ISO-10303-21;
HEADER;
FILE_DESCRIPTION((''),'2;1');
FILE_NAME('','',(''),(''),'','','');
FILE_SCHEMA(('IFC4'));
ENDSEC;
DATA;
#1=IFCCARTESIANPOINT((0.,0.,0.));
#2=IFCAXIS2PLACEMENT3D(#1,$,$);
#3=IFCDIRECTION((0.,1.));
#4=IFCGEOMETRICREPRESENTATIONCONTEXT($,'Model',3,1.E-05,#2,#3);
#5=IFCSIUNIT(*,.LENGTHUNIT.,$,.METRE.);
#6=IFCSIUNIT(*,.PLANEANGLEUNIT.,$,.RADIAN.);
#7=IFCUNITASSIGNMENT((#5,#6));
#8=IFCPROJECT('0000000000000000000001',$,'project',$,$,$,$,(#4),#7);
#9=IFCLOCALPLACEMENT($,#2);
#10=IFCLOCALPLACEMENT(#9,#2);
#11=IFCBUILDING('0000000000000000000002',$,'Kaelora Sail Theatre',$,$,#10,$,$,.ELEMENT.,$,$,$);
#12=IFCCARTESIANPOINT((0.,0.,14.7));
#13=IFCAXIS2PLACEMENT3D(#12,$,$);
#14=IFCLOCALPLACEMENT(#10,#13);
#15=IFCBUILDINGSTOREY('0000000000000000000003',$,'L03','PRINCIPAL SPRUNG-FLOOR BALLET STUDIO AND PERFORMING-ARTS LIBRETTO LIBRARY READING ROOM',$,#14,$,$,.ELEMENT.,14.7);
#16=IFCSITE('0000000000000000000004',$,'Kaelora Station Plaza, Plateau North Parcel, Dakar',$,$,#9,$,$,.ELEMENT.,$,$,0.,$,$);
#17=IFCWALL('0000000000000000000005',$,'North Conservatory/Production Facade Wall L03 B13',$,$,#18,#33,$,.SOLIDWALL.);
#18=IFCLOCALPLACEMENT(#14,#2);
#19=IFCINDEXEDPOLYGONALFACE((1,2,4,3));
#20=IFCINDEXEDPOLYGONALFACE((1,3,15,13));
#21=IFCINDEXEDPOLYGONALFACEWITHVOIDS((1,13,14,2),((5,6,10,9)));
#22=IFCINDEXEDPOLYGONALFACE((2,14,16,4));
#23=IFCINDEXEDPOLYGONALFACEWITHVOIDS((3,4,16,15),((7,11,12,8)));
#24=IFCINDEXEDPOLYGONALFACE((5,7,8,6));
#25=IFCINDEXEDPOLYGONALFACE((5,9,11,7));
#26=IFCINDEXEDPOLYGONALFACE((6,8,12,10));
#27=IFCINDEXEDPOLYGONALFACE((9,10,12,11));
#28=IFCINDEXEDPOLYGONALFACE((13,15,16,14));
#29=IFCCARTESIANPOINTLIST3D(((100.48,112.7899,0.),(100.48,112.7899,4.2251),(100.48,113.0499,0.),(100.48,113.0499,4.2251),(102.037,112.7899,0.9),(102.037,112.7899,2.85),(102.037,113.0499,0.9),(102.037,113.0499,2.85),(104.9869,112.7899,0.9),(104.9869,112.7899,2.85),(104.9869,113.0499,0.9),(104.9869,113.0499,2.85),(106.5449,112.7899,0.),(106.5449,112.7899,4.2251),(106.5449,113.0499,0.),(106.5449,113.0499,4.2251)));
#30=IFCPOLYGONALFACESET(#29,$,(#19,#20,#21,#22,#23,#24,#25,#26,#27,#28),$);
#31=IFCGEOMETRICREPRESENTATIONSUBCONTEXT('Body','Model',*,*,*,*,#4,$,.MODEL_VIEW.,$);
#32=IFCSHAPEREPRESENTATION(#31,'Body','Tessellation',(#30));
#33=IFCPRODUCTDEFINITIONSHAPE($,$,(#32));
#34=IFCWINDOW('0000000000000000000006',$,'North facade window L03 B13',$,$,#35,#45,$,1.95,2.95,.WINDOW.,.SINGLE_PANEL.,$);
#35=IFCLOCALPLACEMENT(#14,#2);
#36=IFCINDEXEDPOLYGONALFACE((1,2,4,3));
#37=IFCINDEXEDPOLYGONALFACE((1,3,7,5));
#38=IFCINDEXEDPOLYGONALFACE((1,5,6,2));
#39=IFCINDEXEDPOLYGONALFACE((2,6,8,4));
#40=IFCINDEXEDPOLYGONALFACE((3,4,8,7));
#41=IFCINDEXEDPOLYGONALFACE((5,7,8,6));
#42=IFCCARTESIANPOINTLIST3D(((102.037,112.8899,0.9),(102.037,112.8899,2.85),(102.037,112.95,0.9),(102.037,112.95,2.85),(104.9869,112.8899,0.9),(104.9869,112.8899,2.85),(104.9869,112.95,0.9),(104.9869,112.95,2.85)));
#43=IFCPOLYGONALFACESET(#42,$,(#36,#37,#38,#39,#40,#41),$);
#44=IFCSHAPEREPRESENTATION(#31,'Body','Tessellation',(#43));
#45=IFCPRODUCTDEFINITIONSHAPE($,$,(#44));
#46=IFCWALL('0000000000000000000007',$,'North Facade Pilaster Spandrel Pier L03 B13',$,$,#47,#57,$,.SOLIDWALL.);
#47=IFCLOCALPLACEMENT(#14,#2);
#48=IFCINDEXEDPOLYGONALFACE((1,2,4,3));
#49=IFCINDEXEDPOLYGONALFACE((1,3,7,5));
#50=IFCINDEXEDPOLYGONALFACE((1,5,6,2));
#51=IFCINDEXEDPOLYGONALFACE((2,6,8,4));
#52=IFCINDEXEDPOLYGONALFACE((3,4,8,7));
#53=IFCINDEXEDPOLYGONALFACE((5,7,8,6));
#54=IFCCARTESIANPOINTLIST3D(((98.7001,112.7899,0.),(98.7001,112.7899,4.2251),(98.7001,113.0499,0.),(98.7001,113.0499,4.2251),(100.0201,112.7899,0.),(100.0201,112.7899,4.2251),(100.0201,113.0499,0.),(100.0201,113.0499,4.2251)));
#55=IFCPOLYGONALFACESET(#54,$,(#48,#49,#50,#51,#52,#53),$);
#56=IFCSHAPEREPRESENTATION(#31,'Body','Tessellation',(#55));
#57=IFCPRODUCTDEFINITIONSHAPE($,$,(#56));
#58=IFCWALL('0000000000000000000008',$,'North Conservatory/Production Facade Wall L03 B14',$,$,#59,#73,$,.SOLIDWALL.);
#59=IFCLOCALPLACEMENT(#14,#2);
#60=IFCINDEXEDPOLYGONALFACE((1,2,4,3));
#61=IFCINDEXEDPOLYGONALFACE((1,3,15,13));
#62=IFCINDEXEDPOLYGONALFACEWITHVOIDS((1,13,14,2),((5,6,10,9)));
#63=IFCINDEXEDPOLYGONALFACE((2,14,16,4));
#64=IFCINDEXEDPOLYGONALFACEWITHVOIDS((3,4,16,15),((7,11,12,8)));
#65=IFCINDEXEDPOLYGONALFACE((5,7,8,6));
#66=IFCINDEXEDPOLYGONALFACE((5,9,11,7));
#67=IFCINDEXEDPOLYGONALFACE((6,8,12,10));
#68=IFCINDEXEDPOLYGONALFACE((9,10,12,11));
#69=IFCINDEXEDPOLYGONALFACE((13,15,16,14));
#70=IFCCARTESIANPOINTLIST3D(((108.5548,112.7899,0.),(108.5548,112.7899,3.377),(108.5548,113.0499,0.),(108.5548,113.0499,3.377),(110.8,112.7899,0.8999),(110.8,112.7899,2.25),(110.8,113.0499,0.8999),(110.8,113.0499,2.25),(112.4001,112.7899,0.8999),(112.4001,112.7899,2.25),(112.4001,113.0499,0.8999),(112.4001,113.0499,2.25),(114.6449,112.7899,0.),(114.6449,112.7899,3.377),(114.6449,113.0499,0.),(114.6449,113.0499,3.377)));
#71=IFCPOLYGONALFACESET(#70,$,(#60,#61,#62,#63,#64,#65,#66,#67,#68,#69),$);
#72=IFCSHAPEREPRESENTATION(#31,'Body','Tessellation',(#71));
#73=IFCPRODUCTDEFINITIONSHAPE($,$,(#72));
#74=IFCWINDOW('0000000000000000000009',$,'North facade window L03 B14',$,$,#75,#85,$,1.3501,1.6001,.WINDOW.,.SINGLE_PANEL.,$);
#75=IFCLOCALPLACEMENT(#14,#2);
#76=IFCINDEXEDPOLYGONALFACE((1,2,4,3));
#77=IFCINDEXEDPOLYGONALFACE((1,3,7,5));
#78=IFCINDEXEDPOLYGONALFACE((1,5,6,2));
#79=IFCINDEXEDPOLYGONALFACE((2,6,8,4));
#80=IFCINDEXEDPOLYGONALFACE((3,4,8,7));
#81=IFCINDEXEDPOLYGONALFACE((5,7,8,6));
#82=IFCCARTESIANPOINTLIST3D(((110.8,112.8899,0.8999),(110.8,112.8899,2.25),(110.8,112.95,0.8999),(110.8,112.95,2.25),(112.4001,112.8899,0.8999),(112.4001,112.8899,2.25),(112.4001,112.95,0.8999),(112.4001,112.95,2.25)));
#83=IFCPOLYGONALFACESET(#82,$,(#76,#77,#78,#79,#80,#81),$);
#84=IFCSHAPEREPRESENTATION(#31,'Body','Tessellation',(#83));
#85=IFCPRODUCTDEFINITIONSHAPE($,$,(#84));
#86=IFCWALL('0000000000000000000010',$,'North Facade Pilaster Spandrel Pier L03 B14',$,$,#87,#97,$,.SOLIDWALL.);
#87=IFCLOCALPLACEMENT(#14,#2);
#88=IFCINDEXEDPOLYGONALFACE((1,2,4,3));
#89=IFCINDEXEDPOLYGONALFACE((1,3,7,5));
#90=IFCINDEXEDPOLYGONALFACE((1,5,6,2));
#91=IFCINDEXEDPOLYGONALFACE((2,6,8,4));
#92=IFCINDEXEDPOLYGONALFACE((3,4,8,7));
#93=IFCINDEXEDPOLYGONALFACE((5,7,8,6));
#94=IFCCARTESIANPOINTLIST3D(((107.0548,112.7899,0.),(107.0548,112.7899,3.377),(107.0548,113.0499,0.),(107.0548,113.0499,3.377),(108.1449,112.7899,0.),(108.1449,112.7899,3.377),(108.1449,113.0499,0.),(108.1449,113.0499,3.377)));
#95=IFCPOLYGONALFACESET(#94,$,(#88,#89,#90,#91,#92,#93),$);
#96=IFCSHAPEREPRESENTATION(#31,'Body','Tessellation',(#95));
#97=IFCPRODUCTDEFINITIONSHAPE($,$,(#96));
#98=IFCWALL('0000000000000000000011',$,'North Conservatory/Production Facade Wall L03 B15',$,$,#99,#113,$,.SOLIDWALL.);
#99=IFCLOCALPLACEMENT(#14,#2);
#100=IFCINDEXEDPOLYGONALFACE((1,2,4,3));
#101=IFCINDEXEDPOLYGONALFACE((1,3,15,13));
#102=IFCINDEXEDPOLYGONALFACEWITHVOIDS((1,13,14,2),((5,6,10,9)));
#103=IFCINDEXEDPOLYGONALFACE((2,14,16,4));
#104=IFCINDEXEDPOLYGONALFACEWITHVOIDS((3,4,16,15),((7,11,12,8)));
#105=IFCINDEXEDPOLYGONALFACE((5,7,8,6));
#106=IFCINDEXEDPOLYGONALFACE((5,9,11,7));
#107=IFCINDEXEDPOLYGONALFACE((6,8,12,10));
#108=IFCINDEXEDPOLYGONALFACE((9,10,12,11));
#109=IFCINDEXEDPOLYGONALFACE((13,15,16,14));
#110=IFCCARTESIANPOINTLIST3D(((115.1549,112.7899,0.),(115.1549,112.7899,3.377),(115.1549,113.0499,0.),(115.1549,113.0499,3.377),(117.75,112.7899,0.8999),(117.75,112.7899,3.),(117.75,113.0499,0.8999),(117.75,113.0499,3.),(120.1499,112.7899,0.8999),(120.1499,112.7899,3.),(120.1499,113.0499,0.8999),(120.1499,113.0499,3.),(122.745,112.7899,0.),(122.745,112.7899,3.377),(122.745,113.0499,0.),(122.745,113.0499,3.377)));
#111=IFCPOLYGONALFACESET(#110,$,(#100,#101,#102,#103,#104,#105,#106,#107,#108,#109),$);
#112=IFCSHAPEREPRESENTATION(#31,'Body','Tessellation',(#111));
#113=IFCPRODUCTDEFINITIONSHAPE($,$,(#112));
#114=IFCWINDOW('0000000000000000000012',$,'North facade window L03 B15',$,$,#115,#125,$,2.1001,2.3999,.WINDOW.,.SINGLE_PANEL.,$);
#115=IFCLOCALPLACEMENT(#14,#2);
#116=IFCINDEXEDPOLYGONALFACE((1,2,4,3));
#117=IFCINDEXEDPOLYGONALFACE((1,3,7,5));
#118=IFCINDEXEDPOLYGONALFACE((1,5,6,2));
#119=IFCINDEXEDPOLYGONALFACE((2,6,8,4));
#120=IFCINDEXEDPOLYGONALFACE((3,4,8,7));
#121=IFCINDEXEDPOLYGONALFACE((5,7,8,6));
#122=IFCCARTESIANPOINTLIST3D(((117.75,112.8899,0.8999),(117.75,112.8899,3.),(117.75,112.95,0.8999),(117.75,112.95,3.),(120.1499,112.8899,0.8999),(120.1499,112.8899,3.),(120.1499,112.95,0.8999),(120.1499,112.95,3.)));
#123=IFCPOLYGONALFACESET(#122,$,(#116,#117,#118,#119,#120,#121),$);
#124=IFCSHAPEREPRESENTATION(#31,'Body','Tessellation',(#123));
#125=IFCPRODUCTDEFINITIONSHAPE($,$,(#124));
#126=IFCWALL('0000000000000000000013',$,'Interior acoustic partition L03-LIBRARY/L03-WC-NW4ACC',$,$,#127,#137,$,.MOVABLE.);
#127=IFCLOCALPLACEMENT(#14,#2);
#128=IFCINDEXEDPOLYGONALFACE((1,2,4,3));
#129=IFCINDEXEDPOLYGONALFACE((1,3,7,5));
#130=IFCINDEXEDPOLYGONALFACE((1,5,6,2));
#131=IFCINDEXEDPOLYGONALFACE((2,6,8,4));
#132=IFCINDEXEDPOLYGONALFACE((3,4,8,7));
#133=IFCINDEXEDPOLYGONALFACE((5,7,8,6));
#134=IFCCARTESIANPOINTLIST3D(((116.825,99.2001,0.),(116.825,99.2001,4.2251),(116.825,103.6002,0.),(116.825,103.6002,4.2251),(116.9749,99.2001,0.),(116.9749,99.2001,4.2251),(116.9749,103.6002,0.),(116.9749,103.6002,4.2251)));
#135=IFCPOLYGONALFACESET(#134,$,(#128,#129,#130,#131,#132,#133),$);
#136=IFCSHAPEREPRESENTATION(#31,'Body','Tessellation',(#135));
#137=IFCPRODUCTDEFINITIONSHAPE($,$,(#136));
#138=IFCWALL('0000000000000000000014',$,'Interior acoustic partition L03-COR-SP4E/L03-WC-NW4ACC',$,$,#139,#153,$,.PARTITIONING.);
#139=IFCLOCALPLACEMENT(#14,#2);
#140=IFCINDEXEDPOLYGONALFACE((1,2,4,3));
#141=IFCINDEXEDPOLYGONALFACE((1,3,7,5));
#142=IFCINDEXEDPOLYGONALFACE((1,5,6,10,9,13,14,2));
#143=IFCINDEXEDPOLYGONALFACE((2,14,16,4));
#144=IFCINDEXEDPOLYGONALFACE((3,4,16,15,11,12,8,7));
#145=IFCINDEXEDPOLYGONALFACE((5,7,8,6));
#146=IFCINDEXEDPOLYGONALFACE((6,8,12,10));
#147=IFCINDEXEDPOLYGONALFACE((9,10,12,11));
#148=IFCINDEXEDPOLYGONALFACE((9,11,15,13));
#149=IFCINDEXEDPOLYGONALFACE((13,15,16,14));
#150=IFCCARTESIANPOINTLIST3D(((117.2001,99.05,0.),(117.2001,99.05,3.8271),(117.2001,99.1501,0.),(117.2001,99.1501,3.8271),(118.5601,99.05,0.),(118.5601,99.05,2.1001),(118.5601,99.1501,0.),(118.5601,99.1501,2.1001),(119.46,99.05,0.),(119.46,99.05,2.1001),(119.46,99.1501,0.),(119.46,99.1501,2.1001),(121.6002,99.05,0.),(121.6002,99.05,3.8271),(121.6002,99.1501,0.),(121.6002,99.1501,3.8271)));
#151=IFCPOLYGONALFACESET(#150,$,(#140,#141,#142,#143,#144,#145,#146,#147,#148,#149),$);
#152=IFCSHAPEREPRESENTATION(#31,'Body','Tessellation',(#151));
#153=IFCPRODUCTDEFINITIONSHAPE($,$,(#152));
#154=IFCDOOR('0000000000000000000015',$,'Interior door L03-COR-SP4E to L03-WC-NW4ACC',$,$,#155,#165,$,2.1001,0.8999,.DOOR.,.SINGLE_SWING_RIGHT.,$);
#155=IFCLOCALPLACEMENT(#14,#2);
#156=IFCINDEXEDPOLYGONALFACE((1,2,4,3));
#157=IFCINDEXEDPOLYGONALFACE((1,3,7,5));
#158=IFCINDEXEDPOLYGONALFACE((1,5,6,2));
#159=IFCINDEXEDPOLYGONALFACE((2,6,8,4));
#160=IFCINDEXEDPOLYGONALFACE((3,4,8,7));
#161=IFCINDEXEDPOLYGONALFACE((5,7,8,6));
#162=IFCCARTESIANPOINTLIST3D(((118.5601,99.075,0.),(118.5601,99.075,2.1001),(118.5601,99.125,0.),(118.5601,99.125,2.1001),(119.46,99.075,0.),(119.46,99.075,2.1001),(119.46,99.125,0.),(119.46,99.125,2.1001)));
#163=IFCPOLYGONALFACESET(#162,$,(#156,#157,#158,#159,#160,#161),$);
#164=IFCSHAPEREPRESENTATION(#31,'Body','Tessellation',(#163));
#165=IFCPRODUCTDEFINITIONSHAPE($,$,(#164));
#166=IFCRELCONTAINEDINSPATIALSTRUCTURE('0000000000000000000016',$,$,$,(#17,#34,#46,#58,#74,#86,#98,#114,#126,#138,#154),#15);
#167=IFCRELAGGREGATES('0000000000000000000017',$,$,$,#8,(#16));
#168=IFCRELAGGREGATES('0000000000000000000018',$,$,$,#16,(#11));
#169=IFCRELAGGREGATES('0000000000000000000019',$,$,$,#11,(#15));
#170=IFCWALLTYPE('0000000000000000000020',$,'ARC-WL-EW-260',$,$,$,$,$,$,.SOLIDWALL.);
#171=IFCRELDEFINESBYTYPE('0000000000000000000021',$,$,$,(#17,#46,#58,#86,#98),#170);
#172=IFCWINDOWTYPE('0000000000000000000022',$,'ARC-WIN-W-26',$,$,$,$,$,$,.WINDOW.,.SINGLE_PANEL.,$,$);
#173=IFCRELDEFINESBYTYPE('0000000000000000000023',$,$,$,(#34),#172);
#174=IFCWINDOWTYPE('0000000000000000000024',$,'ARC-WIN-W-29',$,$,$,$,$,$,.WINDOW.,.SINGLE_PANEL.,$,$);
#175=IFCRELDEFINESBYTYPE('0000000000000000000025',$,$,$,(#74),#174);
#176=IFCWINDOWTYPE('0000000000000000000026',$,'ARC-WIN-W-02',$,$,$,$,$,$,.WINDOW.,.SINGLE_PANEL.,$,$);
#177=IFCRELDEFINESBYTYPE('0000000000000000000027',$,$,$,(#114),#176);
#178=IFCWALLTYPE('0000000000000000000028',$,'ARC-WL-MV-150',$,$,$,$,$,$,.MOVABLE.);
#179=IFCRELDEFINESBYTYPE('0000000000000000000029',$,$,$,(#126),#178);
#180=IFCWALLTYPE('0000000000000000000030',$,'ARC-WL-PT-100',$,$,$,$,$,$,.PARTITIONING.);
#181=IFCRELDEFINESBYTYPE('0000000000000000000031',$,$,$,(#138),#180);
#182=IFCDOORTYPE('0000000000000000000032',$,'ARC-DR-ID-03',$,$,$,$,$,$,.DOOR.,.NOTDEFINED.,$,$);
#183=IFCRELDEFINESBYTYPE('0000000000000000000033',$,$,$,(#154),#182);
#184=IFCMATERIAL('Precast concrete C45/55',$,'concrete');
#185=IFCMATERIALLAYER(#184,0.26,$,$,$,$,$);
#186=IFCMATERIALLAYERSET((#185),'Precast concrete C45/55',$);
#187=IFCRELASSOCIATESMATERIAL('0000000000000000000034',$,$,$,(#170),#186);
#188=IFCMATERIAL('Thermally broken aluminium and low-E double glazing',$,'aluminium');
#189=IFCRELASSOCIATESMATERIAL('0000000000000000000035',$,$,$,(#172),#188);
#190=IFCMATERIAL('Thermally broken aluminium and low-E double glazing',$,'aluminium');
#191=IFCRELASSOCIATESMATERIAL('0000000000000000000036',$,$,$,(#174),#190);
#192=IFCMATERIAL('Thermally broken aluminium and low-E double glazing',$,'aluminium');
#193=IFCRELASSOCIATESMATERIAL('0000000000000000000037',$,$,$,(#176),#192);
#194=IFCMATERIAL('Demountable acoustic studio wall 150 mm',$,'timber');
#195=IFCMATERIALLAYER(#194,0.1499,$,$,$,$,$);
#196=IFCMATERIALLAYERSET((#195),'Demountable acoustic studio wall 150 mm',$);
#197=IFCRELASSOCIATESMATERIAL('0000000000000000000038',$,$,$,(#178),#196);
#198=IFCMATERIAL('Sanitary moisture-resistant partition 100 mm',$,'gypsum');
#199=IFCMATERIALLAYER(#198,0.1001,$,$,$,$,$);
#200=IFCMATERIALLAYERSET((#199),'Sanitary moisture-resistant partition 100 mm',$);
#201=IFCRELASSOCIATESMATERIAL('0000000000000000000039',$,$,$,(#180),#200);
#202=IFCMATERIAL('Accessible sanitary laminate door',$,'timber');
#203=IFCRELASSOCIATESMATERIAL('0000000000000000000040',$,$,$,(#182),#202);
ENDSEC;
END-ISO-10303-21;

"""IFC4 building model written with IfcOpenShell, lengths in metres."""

from ifc_helpers import new_model, si_unit, direction, frame, frame_2d, origin, place, context, subcontext, project, spatial, rectangle, extrude, material, layer, layer_set, type_object, element, fill, save


model = new_model("IFC4")

# Units and contexts
model_context = context("Model", 3, precision=1e-05, world=origin(), true_north=direction((0.0, 1.0)))
body_context = subcontext(model_context, "Body", "Model", "MODEL_VIEW")
ifc_project = project(units=[si_unit("LENGTHUNIT", "METRE"), si_unit("PLANEANGLEUNIT", "RADIAN")], contexts=[model_context])

# Site, building, storey
site_placement = place(None, origin())
site = spatial("IfcSite", under=ifc_project, at=site_placement, Name="Kaelora Station Plaza, Plateau North Parcel, Dakar", CompositionType="ELEMENT", RefElevation=0.0)
building_placement = place(site_placement, origin())
building = spatial("IfcBuilding", under=site, at=building_placement, Name="Kaelora Sail Theatre", CompositionType="ELEMENT")
storey_placement = place(building_placement, frame((0.0, 0.0, 14.7)))
storey = spatial("IfcBuildingStorey", under=building, at=storey_placement, Name="L03", Description="PRINCIPAL SPRUNG-FLOOR BALLET STUDIO AND PERFORMING-ARTS LIBRETTO LIBRARY READING ROOM", CompositionType="ELEMENT", Elevation=14.7)

# Wall, opening, window
ifc_material_1 = material(Name="Precast concrete C45/55", Category="concrete")
ifc_layer_1 = layer(ifc_material_1, 0.26)
ifc_layer_set_1 = layer_set([ifc_layer_1], Name="Precast concrete C45/55")
wall_type_1 = type_object("IfcWallType", Name="ARC-WL-EW-260", PredefinedType="SOLIDWALL", material=ifc_layer_set_1)
wall_1_placement = place(storey_placement, frame((100.48, 112.9199, 0.0), z_axis=(0.0, 0.0, 1.0), x_axis=(1.0, 0.0, 0.0)))
wall_1 = element("IfcWall", 1, at=wall_1_placement, inside=storey, type_object=wall_type_1, Name="North Conservatory/Production Facade Wall L03 B13", PredefinedType="SOLIDWALL", context=body_context, shape_type="SweptSolid", body=[
    extrude(rectangle(XDim=6.0649, YDim=0.26, at=frame_2d((3.0325, 0.0))), origin(), (0.0, 0.0, 1.0), 4.2251),
])
opening_1_placement = place(wall_1_placement, frame((1.5569, 0.0, 0.8999)))
opening_1 = element("IfcOpeningElement", 2, at=opening_1_placement, cuts=wall_1, PredefinedType="OPENING", context=body_context, shape_type="SweptSolid", body=[
    extrude(rectangle(XDim=2.95, YDim=1.95, at=frame_2d((1.4751, 0.9751))), frame((0.0, 0.1399, 0.0), z_axis=(0.0, -1.0, 0.0), x_axis=(1.0, 0.0, 0.0)), (0.0, 0.0, 1.0), 0.28),
])
ifc_material_2 = material(Name="Thermally broken aluminium and low-E double glazing", Category="aluminium")
window_type_1 = type_object("IfcWindowType", Name="ARC-WIN-W-26", PartitioningType="SINGLE_PANEL", PredefinedType="WINDOW", material=ifc_material_2)
window_1_placement = place(opening_1_placement, origin())
window_1 = element("IfcWindow", 3, at=window_1_placement, inside=storey, type_object=window_type_1, Name="North facade window L03 B13", OverallHeight=1.95, OverallWidth=2.95, PartitioningType="SINGLE_PANEL", PredefinedType="WINDOW", context=body_context, shape_type="SweptSolid", body=[
    extrude(rectangle(XDim=2.95, YDim=1.95, at=frame_2d((1.4751, 0.9751))), frame((0.0, 0.03, 0.0), z_axis=(0.0, -1.0, 0.0), x_axis=(1.0, 0.0, 0.0)), (0.0, 0.0, 1.0), 0.0601),
])
fill(opening_1, window_1)

# Wall
wall_2_placement = place(storey_placement, frame((98.7, 112.9199, 0.0), z_axis=(0.0, 0.0, 1.0), x_axis=(1.0, 0.0, 0.0)))
element("IfcWall", 4, at=wall_2_placement, inside=storey, type_object=wall_type_1, Name="North Facade Pilaster Spandrel Pier L03 B13", PredefinedType="SOLIDWALL", context=body_context, shape_type="SweptSolid", body=[
    extrude(rectangle(XDim=1.3201, YDim=0.26, at=frame_2d((0.6602, 0.0))), origin(), (0.0, 0.0, 1.0), 4.2251),
])

# Wall, opening, window
wall_3_placement = place(storey_placement, frame((108.5549, 112.9199, 0.0), z_axis=(0.0, 0.0, 1.0), x_axis=(1.0, 0.0, 0.0)))
wall_3 = element("IfcWall", 5, at=wall_3_placement, inside=storey, type_object=wall_type_1, Name="North Conservatory/Production Facade Wall L03 B14", PredefinedType="SOLIDWALL", context=body_context, shape_type="SweptSolid", body=[
    extrude(rectangle(XDim=6.0901, YDim=0.26, at=frame_2d((3.0449, 0.0))), origin(), (0.0, 0.0, 1.0), 3.377),
])
opening_2_placement = place(wall_3_placement, frame((2.2451, 0.0, 0.8999)))
opening_2 = element("IfcOpeningElement", 6, at=opening_2_placement, cuts=wall_3, PredefinedType="OPENING", context=body_context, shape_type="SweptSolid", body=[
    extrude(rectangle(XDim=1.6001, YDim=1.3501, at=frame_2d((0.8, 0.675))), frame((0.0, 0.1399, 0.0), z_axis=(0.0, -1.0, 0.0), x_axis=(1.0, 0.0, 0.0)), (0.0, 0.0, 1.0), 0.28),
])
ifc_material_3 = material(Name="Thermally broken aluminium and low-E double glazing", Category="aluminium")
window_type_2 = type_object("IfcWindowType", Name="ARC-WIN-W-29", PartitioningType="SINGLE_PANEL", PredefinedType="WINDOW", material=ifc_material_3)
window_2_placement = place(opening_2_placement, origin())
window_2 = element("IfcWindow", 7, at=window_2_placement, inside=storey, type_object=window_type_2, Name="North facade window L03 B14", OverallHeight=1.3501, OverallWidth=1.6001, PartitioningType="SINGLE_PANEL", PredefinedType="WINDOW", context=body_context, shape_type="SweptSolid", body=[
    extrude(rectangle(XDim=1.6001, YDim=1.3501, at=frame_2d((0.8, 0.675))), frame((0.0, 0.03, 0.0), z_axis=(0.0, -1.0, 0.0), x_axis=(1.0, 0.0, 0.0)), (0.0, 0.0, 1.0), 0.0601),
])
fill(opening_2, window_2)

# Wall
wall_4_placement = place(storey_placement, frame((107.0549, 112.9199, 0.0), z_axis=(0.0, 0.0, 1.0), x_axis=(1.0, 0.0, 0.0)))
element("IfcWall", 8, at=wall_4_placement, inside=storey, type_object=wall_type_1, Name="North Facade Pilaster Spandrel Pier L03 B14", PredefinedType="SOLIDWALL", context=body_context, shape_type="SweptSolid", body=[
    extrude(rectangle(XDim=1.0901, YDim=0.26, at=frame_2d((0.5449, 0.0))), origin(), (0.0, 0.0, 1.0), 3.377),
])

# Wall, opening, window
wall_5_placement = place(storey_placement, frame((115.155, 112.9199, 0.0), z_axis=(0.0, 0.0, 1.0), x_axis=(1.0, 0.0, 0.0)))
wall_5 = element("IfcWall", 9, at=wall_5_placement, inside=storey, type_object=wall_type_1, Name="North Conservatory/Production Facade Wall L03 B15", PredefinedType="SOLIDWALL", context=body_context, shape_type="SweptSolid", body=[
    extrude(rectangle(XDim=7.5901, YDim=0.26, at=frame_2d((3.7949, 0.0))), origin(), (0.0, 0.0, 1.0), 3.377),
])
opening_3_placement = place(wall_5_placement, frame((2.595, 0.0, 0.8999)))
opening_3 = element("IfcOpeningElement", 10, at=opening_3_placement, cuts=wall_5, PredefinedType="OPENING", context=body_context, shape_type="SweptSolid", body=[
    extrude(rectangle(XDim=2.3999, YDim=2.1001, at=frame_2d((1.2, 1.05))), frame((0.0, 0.1399, 0.0), z_axis=(0.0, -1.0, 0.0), x_axis=(1.0, 0.0, 0.0)), (0.0, 0.0, 1.0), 0.28),
])
ifc_material_4 = material(Name="Thermally broken aluminium and low-E double glazing", Category="aluminium")
window_type_3 = type_object("IfcWindowType", Name="ARC-WIN-W-02", PartitioningType="SINGLE_PANEL", PredefinedType="WINDOW", material=ifc_material_4)
window_3_placement = place(opening_3_placement, origin())
window_3 = element("IfcWindow", 11, at=window_3_placement, inside=storey, type_object=window_type_3, Name="North facade window L03 B15", OverallHeight=2.1001, OverallWidth=2.3999, PartitioningType="SINGLE_PANEL", PredefinedType="WINDOW", context=body_context, shape_type="SweptSolid", body=[
    extrude(rectangle(XDim=2.3999, YDim=2.1001, at=frame_2d((1.2, 1.05))), frame((0.0, 0.03, 0.0), z_axis=(0.0, -1.0, 0.0), x_axis=(1.0, 0.0, 0.0)), (0.0, 0.0, 1.0), 0.0601),
])
fill(opening_3, window_3)

# Wall
ifc_material_5 = material(Name="Demountable acoustic studio wall 150 mm", Category="timber")
ifc_layer_2 = layer(ifc_material_5, 0.1499)
ifc_layer_set_2 = layer_set([ifc_layer_2], Name="Demountable acoustic studio wall 150 mm")
wall_type_2 = type_object("IfcWallType", Name="ARC-WL-MV-150", PredefinedType="MOVABLE", material=ifc_layer_set_2)
wall_6_placement = place(storey_placement, frame((116.8999, 99.2, 0.0), z_axis=(0.0, 0.0, 1.0), x_axis=(0.0, 1.0, 0.0)))
element("IfcWall", 12, at=wall_6_placement, inside=storey, type_object=wall_type_2, Name="Interior acoustic partition L03-LIBRARY/L03-WC-NW4ACC", PredefinedType="MOVABLE", context=body_context, shape_type="SweptSolid", body=[
    extrude(rectangle(XDim=4.4001, YDim=0.1499, at=frame_2d((2.2002, 0.0))), origin(), (0.0, 0.0, 1.0), 4.2251),
])

# Wall, opening, door
ifc_material_6 = material(Name="Sanitary moisture-resistant partition 100 mm", Category="gypsum")
ifc_layer_3 = layer(ifc_material_6, 0.1001)
ifc_layer_set_3 = layer_set([ifc_layer_3], Name="Sanitary moisture-resistant partition 100 mm")
wall_type_3 = type_object("IfcWallType", Name="ARC-WL-PT-100", PredefinedType="PARTITIONING", material=ifc_layer_set_3)
wall_7_placement = place(storey_placement, frame((117.2, 99.1001, 0.0), z_axis=(0.0, 0.0, 1.0), x_axis=(1.0, 0.0, 0.0)))
wall_7 = element("IfcWall", 13, at=wall_7_placement, inside=storey, type_object=wall_type_3, Name="Interior acoustic partition L03-COR-SP4E/L03-WC-NW4ACC", PredefinedType="PARTITIONING", context=body_context, shape_type="SweptSolid", body=[
    extrude(rectangle(XDim=4.4001, YDim=0.1001, at=frame_2d((2.2002, 0.0))), origin(), (0.0, 0.0, 1.0), 3.8271),
])
opening_4_placement = place(wall_7_placement, frame((1.3601, 0.0, 0.0)))
opening_4 = element("IfcOpeningElement", 14, at=opening_4_placement, cuts=wall_7, PredefinedType="OPENING", context=body_context, shape_type="SweptSolid", body=[
    extrude(rectangle(XDim=0.8999, YDim=2.1001, at=frame_2d((0.45, 1.05))), frame((0.0, 0.06, 0.0), z_axis=(0.0, -1.0, 0.0), x_axis=(1.0, 0.0, 0.0)), (0.0, 0.0, 1.0), 0.1201),
])
ifc_material_7 = material(Name="Accessible sanitary laminate door", Category="timber")
door_type_1 = type_object("IfcDoorType", Name="ARC-DR-ID-03", OperationType="NOTDEFINED", PredefinedType="DOOR", material=ifc_material_7)
door_1_placement = place(opening_4_placement, origin())
door_1 = element("IfcDoor", 15, at=door_1_placement, inside=storey, type_object=door_type_1, Name="Interior door L03-COR-SP4E to L03-WC-NW4ACC", OperationType="SINGLE_SWING_RIGHT", OverallHeight=2.1001, OverallWidth=0.8999, PredefinedType="DOOR", context=body_context, shape_type="SweptSolid", body=[
    extrude(rectangle(XDim=0.8999, YDim=2.1001, at=frame_2d((0.45, 1.05))), frame((0.0, 0.0249, 0.0), z_axis=(0.0, -1.0, 0.0), x_axis=(1.0, 0.0, 0.0)), (0.0, 0.0, 1.0), 0.05),
])
fill(opening_4, door_1)

save(model, "model.ifc")
